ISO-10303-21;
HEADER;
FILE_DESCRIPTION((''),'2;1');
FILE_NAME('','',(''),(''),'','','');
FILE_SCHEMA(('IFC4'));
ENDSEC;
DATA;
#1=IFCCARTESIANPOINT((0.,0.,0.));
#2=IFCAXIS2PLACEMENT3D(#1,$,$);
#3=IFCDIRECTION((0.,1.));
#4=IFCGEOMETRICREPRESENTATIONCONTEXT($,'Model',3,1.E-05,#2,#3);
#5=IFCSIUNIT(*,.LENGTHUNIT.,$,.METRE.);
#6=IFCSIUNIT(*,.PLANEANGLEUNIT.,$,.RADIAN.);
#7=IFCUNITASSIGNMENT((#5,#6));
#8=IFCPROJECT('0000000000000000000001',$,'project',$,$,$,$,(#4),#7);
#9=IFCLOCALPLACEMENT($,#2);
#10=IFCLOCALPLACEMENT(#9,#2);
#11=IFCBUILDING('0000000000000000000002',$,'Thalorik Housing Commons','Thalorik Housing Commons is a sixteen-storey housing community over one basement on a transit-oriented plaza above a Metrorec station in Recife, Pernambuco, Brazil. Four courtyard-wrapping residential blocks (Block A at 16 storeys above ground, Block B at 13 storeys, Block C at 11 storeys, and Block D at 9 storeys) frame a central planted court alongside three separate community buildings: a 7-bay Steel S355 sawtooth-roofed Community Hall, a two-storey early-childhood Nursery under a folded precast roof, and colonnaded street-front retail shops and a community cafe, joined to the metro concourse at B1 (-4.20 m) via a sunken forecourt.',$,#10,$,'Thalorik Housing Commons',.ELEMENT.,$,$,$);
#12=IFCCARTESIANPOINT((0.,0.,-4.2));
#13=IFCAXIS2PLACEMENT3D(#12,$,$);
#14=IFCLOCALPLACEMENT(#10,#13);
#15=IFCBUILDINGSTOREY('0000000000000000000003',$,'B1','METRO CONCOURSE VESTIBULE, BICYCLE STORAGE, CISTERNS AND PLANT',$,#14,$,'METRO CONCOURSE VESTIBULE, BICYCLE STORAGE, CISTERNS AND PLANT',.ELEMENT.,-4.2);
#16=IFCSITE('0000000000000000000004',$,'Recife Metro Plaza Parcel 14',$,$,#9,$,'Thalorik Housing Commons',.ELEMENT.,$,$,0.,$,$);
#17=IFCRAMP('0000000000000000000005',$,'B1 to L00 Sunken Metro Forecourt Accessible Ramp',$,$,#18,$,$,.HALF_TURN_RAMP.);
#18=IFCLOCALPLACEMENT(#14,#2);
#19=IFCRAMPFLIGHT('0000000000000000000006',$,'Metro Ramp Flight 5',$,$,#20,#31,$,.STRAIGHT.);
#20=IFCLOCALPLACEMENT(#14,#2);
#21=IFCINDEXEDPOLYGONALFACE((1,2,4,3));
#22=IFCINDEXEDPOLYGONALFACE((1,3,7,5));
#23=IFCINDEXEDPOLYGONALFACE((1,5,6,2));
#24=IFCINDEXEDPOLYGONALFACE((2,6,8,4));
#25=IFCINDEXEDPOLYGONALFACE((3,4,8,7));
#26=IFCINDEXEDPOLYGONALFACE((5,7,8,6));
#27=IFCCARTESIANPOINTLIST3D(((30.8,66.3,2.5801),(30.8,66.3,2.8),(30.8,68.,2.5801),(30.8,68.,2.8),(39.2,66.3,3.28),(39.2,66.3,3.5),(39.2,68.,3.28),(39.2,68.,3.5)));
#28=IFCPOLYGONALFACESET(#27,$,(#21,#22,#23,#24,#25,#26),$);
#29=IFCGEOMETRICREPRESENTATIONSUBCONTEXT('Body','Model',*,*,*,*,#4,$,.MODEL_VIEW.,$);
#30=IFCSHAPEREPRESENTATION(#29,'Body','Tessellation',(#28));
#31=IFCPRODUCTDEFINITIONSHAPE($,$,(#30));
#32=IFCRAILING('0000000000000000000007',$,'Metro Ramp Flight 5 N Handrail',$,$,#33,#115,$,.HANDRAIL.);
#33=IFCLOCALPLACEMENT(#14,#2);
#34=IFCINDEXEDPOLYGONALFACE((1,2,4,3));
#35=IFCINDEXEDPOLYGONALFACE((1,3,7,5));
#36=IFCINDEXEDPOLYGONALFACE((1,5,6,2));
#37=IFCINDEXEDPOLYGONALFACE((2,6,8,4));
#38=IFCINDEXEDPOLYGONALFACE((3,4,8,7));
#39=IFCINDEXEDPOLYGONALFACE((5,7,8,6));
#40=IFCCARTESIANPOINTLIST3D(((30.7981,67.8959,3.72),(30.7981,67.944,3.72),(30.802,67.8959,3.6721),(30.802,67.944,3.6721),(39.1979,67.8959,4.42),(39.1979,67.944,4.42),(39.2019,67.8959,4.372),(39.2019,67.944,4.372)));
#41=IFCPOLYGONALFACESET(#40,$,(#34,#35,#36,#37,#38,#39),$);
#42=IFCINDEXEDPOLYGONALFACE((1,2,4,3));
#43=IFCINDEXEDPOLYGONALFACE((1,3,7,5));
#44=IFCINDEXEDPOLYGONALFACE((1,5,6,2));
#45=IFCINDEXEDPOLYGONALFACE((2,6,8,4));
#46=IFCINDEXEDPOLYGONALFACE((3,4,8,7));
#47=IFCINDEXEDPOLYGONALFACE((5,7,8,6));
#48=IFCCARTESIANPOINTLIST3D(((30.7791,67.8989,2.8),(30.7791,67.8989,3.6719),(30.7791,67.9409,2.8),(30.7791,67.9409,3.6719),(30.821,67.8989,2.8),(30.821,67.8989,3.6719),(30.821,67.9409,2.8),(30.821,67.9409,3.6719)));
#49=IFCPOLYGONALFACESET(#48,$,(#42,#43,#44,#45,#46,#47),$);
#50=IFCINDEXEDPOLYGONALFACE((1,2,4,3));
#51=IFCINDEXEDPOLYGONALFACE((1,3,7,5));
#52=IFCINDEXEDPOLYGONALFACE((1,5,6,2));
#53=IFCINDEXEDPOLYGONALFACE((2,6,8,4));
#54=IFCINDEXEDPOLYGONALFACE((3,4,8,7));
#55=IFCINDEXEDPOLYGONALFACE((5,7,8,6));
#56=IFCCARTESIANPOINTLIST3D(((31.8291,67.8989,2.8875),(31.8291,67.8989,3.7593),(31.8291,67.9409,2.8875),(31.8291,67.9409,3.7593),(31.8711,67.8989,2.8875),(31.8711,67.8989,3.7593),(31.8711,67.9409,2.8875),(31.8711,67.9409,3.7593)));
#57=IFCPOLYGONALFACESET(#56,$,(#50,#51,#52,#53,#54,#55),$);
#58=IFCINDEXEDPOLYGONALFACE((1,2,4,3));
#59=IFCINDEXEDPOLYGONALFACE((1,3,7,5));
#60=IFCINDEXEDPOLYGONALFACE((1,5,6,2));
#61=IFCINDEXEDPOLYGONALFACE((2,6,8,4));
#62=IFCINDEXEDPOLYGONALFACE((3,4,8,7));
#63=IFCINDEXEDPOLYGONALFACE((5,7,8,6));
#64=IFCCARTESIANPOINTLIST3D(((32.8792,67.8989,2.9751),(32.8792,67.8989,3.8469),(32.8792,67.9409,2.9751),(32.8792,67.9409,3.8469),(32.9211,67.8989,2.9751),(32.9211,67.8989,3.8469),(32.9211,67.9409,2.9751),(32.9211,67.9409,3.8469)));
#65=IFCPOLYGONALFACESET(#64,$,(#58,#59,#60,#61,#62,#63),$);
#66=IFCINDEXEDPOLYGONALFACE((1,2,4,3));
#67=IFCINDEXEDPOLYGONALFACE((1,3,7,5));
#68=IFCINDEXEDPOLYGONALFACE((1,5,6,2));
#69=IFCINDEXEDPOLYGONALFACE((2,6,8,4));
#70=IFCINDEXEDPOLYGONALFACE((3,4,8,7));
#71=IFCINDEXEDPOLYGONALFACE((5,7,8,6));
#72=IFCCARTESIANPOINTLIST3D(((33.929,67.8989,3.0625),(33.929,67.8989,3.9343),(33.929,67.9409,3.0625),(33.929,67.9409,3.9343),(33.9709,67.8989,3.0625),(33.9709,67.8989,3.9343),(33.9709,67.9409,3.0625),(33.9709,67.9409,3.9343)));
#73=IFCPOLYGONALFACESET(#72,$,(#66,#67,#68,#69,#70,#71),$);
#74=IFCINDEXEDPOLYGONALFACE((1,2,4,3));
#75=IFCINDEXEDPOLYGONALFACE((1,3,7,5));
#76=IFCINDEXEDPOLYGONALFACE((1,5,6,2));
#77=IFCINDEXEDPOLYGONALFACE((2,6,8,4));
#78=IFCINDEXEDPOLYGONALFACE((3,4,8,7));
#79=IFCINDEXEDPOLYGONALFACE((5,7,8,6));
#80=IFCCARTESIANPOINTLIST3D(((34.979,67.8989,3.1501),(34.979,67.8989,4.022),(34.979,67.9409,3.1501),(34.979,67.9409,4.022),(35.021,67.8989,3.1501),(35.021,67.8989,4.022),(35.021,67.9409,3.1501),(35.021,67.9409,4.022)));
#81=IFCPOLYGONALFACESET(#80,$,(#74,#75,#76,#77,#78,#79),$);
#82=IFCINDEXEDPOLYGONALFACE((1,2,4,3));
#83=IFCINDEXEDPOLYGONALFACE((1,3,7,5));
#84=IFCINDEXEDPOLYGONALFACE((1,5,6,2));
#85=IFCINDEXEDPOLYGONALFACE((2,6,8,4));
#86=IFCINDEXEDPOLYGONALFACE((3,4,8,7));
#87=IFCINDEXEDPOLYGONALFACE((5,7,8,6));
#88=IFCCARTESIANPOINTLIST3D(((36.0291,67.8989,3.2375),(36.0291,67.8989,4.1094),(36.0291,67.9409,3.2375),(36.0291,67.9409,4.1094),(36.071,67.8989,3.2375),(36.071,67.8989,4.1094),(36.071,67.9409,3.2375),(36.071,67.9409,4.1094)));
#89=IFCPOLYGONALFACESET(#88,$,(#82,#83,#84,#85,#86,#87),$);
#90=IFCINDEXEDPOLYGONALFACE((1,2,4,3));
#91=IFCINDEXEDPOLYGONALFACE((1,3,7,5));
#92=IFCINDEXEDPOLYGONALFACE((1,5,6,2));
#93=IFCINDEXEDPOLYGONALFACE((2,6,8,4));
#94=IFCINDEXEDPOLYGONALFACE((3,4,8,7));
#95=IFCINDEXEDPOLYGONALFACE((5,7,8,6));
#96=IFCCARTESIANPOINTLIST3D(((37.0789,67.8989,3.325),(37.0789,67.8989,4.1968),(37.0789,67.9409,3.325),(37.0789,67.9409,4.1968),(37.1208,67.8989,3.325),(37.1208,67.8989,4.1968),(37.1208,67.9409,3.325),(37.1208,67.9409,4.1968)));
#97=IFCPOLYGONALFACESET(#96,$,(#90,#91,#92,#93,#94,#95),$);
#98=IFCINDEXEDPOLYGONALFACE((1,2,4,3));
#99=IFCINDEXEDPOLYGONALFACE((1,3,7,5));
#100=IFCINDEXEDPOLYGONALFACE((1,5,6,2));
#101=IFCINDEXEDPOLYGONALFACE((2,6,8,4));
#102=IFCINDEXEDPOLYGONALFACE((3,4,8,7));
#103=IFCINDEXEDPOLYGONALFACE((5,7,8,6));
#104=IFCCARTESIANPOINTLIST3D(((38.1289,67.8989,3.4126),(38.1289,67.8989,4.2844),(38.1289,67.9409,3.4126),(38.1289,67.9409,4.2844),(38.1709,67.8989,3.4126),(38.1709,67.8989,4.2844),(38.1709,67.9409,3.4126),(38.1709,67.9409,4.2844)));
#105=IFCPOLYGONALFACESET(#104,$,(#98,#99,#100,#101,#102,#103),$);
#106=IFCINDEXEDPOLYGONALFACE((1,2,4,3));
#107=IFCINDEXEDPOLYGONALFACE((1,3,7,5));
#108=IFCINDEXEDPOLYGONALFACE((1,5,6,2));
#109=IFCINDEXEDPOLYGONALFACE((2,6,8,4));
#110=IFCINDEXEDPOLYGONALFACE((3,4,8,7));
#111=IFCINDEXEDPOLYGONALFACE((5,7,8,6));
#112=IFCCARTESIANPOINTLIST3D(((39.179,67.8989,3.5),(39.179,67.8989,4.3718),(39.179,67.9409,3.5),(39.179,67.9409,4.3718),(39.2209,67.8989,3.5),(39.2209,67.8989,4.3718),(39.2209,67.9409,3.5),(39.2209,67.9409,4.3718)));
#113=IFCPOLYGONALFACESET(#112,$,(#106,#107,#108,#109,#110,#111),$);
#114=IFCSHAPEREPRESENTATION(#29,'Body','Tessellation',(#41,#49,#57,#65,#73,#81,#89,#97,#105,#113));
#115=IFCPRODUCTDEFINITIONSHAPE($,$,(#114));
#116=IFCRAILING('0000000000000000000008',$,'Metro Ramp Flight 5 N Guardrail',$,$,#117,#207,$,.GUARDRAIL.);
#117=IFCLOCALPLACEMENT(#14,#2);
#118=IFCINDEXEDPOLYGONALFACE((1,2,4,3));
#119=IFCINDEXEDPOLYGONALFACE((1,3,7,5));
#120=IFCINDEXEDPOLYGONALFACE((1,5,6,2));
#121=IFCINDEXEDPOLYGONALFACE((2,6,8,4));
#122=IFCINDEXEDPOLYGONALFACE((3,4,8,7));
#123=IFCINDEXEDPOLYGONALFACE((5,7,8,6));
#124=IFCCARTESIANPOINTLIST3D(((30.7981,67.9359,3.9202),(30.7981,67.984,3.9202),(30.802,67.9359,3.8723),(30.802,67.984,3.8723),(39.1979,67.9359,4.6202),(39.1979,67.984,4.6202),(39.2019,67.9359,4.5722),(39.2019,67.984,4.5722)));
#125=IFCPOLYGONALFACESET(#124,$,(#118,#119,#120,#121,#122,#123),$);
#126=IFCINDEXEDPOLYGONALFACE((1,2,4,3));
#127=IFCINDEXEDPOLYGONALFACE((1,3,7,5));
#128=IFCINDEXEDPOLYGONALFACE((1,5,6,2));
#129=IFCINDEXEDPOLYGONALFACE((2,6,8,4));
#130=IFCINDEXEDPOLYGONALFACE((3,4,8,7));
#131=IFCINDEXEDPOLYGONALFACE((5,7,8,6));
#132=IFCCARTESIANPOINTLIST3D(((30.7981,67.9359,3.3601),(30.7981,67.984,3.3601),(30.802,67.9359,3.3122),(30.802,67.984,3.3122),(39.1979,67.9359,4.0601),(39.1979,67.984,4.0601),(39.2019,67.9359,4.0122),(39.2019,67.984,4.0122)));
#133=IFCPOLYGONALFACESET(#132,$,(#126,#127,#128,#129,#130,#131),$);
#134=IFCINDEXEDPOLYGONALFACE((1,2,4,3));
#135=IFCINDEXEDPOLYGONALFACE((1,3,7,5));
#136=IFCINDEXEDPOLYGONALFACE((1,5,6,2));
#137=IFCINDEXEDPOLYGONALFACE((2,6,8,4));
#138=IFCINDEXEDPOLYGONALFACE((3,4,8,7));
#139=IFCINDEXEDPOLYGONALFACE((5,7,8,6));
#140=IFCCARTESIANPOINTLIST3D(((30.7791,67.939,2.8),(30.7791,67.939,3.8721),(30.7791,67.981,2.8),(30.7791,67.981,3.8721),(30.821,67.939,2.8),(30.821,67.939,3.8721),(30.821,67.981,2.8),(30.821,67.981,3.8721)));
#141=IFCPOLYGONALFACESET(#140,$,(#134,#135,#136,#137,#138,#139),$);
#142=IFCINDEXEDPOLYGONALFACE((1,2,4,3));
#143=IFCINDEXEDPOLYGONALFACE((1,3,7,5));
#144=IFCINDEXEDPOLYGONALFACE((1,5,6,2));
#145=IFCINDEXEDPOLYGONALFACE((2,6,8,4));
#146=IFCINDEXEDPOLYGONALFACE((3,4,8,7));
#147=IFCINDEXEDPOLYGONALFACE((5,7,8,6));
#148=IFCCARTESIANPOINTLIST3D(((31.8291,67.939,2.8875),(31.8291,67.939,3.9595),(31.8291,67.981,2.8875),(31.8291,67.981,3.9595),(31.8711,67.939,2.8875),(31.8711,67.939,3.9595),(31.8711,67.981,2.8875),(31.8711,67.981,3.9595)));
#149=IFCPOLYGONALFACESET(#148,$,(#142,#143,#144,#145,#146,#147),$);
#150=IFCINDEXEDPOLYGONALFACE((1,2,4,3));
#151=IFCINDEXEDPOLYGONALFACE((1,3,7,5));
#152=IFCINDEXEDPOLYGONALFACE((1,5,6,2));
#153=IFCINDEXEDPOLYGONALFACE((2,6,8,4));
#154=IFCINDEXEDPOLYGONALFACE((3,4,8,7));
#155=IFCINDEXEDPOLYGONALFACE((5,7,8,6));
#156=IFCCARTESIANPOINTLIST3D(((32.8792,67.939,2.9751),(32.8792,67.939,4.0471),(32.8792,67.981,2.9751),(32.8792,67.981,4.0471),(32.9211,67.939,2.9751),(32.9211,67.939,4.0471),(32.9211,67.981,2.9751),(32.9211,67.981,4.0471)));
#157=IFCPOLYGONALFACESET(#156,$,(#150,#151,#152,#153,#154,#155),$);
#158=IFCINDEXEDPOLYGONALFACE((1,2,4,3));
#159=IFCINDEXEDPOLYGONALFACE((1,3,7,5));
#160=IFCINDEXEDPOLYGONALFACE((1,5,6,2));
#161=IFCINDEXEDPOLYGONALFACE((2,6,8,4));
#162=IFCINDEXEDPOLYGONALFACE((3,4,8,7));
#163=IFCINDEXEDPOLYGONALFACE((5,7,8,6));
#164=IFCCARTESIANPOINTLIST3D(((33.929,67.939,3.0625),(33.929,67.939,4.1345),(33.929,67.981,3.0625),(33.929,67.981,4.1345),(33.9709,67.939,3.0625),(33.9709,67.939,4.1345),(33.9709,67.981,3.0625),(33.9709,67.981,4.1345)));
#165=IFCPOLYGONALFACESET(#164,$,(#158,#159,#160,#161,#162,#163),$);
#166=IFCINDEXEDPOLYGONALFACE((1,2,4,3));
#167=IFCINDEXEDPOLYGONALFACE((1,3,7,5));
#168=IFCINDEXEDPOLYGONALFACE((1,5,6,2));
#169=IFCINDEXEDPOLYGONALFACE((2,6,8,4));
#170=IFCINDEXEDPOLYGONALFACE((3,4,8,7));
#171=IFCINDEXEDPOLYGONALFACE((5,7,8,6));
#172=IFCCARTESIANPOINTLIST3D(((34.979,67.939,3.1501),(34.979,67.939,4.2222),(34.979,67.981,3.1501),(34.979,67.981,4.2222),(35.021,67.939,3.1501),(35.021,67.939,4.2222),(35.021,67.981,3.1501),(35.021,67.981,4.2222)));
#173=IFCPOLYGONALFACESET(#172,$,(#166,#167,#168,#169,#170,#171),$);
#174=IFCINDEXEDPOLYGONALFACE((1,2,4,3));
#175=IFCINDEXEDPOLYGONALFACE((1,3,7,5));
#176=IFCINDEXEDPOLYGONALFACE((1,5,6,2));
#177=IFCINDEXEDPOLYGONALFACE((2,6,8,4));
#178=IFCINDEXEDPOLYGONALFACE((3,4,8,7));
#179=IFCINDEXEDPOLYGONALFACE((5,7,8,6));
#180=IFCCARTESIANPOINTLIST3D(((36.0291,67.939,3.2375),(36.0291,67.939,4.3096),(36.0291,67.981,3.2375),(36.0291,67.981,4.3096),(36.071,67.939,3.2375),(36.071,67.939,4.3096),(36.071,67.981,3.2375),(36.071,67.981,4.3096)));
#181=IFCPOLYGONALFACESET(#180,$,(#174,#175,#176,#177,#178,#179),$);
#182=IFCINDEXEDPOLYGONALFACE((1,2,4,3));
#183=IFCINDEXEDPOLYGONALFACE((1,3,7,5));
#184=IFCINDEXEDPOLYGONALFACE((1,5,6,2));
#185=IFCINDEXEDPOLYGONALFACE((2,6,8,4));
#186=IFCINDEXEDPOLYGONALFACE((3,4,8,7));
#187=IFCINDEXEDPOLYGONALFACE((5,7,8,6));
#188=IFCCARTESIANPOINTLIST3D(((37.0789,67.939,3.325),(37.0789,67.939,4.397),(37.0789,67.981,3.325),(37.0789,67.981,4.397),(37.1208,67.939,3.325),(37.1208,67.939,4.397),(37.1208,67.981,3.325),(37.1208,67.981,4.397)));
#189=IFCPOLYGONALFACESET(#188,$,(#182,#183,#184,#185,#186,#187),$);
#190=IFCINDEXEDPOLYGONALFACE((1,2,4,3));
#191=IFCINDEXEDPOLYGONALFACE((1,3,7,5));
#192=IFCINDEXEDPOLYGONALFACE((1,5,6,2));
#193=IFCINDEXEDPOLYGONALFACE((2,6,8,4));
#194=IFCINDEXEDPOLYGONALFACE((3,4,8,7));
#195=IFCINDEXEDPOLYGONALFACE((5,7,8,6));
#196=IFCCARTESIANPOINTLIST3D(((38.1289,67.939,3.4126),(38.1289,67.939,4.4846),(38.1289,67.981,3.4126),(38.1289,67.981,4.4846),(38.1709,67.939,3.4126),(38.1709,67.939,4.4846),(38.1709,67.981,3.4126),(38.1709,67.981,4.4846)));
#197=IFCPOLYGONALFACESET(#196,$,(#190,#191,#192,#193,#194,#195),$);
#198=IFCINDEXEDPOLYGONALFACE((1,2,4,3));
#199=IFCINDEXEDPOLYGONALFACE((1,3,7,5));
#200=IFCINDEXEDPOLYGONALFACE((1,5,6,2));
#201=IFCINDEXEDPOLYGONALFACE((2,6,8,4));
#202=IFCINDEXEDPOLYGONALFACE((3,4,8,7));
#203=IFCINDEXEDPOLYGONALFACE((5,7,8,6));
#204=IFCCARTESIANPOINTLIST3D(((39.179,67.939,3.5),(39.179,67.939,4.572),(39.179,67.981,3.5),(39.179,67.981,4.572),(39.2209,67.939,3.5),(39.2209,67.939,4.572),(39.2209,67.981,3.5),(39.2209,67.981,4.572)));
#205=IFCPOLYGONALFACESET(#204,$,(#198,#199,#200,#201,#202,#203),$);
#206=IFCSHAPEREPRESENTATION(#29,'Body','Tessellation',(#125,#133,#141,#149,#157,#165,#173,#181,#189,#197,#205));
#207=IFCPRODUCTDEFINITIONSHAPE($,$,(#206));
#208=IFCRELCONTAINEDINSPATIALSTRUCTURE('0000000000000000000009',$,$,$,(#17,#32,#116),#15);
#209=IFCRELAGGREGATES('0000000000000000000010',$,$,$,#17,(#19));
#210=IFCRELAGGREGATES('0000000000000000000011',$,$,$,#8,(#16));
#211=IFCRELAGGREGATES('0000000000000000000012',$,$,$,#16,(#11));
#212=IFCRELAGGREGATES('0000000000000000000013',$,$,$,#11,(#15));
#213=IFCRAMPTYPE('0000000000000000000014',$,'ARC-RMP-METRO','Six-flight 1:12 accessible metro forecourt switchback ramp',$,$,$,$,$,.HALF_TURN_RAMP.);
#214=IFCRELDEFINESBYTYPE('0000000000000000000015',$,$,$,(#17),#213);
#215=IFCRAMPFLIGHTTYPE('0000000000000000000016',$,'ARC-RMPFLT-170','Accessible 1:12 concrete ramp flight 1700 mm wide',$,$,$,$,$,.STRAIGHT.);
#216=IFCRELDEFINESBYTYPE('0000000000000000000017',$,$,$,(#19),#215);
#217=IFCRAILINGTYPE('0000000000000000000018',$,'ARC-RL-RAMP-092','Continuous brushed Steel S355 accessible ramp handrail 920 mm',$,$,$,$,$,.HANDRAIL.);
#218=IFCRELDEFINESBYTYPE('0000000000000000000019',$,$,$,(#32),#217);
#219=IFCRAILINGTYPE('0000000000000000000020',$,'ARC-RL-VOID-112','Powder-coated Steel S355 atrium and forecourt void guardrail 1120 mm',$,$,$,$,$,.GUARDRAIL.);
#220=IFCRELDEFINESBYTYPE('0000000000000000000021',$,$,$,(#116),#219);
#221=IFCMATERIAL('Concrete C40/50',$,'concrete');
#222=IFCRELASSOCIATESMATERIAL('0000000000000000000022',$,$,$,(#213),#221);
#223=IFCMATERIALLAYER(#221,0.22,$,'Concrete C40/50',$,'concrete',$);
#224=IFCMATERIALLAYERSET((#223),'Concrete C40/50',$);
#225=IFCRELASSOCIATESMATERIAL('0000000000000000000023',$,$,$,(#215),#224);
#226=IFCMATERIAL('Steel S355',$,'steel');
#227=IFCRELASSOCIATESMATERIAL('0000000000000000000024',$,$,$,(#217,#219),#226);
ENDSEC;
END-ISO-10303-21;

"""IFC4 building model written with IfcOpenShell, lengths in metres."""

from ifc_helpers import new_model, si_unit, direction, frame, origin, origin_2d, place, context, subcontext, project, spatial, polyline, rectangle, outline, extrude, material, layer, layer_set, type_object, element, aggregate, save


model = new_model("IFC4")

# Units and contexts
model_context = context("Model", 3, precision=1e-05, world=origin(), true_north=direction((0.0, 1.0)))
body_context = subcontext(model_context, "Body", "Model", "MODEL_VIEW")
ifc_project = project(units=[si_unit("LENGTHUNIT", "METRE"), si_unit("PLANEANGLEUNIT", "RADIAN")], contexts=[model_context])

# Site, building, storey
site_placement = place(None, origin())
site = spatial("IfcSite", under=ifc_project, at=site_placement, Name="Recife Metro Plaza Parcel 14", LongName="Thalorik Housing Commons", CompositionType="ELEMENT", RefElevation=0.0)
building_placement = place(site_placement, origin())
building = spatial("IfcBuilding", under=site, at=building_placement, Name="Thalorik Housing Commons", Description="Thalorik Housing Commons is a sixteen-storey housing community over one basement on a transit-oriented plaza above a Metrorec station in Recife, Pernambuco, Brazil. Four courtyard-wrapping residential blocks (Block A at 16 storeys above ground, Block B at 13 storeys, Block C at 11 storeys, and Block D at 9 storeys) frame a central planted court alongside three separate community buildings: a 7-bay Steel S355 sawtooth-roofed Community Hall, a two-storey early-childhood Nursery under a folded precast roof, and colonnaded street-front retail shops and a community cafe, joined to the metro concourse at B1 (-4.20 m) via a sunken forecourt.", LongName="Thalorik Housing Commons", CompositionType="ELEMENT")
storey_placement = place(building_placement, frame((0.0, 0.0, -4.2)))
storey = spatial("IfcBuildingStorey", under=building, at=storey_placement, Name="B1", Description="METRO CONCOURSE VESTIBULE, BICYCLE STORAGE, CISTERNS AND PLANT", LongName="METRO CONCOURSE VESTIBULE, BICYCLE STORAGE, CISTERNS AND PLANT", CompositionType="ELEMENT", Elevation=-4.2)

# Shared definitions
ifc_material_1 = material(Name="Concrete C40/50", Category="concrete")

# Ramp, ramp flight
ramp_type = type_object("IfcRampType", Name="ARC-RMP-METRO", Description="Six-flight 1:12 accessible metro forecourt switchback ramp", PredefinedType="HALF_TURN_RAMP", material=ifc_material_1)
ramp_placement = place(storey_placement, origin())
ramp = element("IfcRamp", 1, at=ramp_placement, inside=storey, type_object=ramp_type, Name="B1 to L00 Sunken Metro Forecourt Accessible Ramp", PredefinedType="HALF_TURN_RAMP")
ifc_layer_1 = layer(ifc_material_1, 0.22, Name="Concrete C40/50", Category="concrete")
ifc_layer_set_1 = layer_set([ifc_layer_1], Name="Concrete C40/50")
ramp_flight_type = type_object("IfcRampFlightType", Name="ARC-RMPFLT-170", Description="Accessible 1:12 concrete ramp flight 1700 mm wide", PredefinedType="STRAIGHT", material=ifc_layer_set_1)
ramp_flight_placement = place(storey_placement, frame((30.8, 67.1499, 2.8), z_axis=(0.0, 0.0, 1.0), x_axis=(1.0, 0.0, 0.0)))
ramp_flight = element("IfcRampFlight", 2, at=ramp_flight_placement, type_object=ramp_flight_type, Name="Metro Ramp Flight 5", PredefinedType="STRAIGHT", context=body_context, shape_type="SweptSolid", body=[
    extrude(outline(polyline([(0.0, 0.0), (0.0, -0.22), (8.3999, 0.48), (8.3999, 0.7), (0.0, 0.0)])), frame((0.0, 0.8501, 0.0), z_axis=(0.0, -1.0, 0.0), x_axis=(1.0, 0.0, 0.0)), (0.0, 0.0, 1.0), 1.7),
])
aggregate(ramp, [ramp_flight])

# Railings
ifc_material_2 = material(Name="Steel S355", Category="steel")
railing_type_1 = type_object("IfcRailingType", Name="ARC-RL-RAMP-092", Description="Continuous brushed Steel S355 accessible ramp handrail 920 mm", PredefinedType="HANDRAIL", material=ifc_material_2)
railing_1_placement = place(storey_placement, frame((30.8, 67.9199, 2.8)))
element("IfcRailing", 3, at=railing_1_placement, inside=storey, type_object=railing_type_1, Name="Metro Ramp Flight 5 N Handrail", PredefinedType="HANDRAIL", context=body_context, shape_type="SweptSolid", body=[
    extrude(rectangle(XDim=0.0481, YDim=0.0481, at=origin_2d()), frame((0.0, 0.0, 0.896), z_axis=(0.996546, 0.0, 0.083041), x_axis=(0.0, 1.0, 0.0)), (0.0, 0.0, 1.0), 8.429),
    extrude(rectangle(XDim=0.042, YDim=0.042, at=origin_2d()), origin(), (0.0, 0.0, 1.0), 0.8718),
    extrude(rectangle(XDim=0.042, YDim=0.042, at=origin_2d()), frame((1.05, 0.0, 0.0874)), (0.0, 0.0, 1.0), 0.8718),
    extrude(rectangle(XDim=0.042, YDim=0.042, at=origin_2d()), frame((2.1001, 0.0, 0.175)), (0.0, 0.0, 1.0), 0.8718),
    extrude(rectangle(XDim=0.042, YDim=0.042, at=origin_2d()), frame((3.1499, 0.0, 0.2625)), (0.0, 0.0, 1.0), 0.8718),
    extrude(rectangle(XDim=0.042, YDim=0.042, at=origin_2d()), frame((4.2, 0.0, 0.3501)), (0.0, 0.0, 1.0), 0.8718),
    extrude(rectangle(XDim=0.042, YDim=0.042, at=origin_2d()), frame((5.25, 0.0, 0.4375)), (0.0, 0.0, 1.0), 0.8718),
    extrude(rectangle(XDim=0.042, YDim=0.042, at=origin_2d()), frame((6.2998, 0.0, 0.5249)), (0.0, 0.0, 1.0), 0.8718),
    extrude(rectangle(XDim=0.042, YDim=0.042, at=origin_2d()), frame((7.3499, 0.0, 0.6125)), (0.0, 0.0, 1.0), 0.8718),
    extrude(rectangle(XDim=0.042, YDim=0.042, at=origin_2d()), frame((8.3999, 0.0, 0.7)), (0.0, 0.0, 1.0), 0.8718),
])
railing_type_2 = type_object("IfcRailingType", Name="ARC-RL-VOID-112", Description="Powder-coated Steel S355 atrium and forecourt void guardrail 1120 mm", PredefinedType="GUARDRAIL", material=ifc_material_2)
railing_2_placement = place(storey_placement, frame((30.8, 67.96, 2.8)))
element("IfcRailing", 4, at=railing_2_placement, inside=storey, type_object=railing_type_2, Name="Metro Ramp Flight 5 N Guardrail", PredefinedType="GUARDRAIL", context=body_context, shape_type="SweptSolid", body=[
    extrude(rectangle(XDim=0.0481, YDim=0.0481, at=origin_2d()), frame((0.0, 0.0, 1.0962), z_axis=(0.996546, 0.0, 0.083041), x_axis=(0.0, 1.0, 0.0)), (0.0, 0.0, 1.0), 8.429),
    extrude(rectangle(XDim=0.0481, YDim=0.0481, at=origin_2d()), frame((0.0, 0.0, 0.5361), z_axis=(0.996546, 0.0, 0.083041), x_axis=(0.0, 1.0, 0.0)), (0.0, 0.0, 1.0), 8.429),
    extrude(rectangle(XDim=0.042, YDim=0.042, at=origin_2d()), origin(), (0.0, 0.0, 1.0), 1.072),
    extrude(rectangle(XDim=0.042, YDim=0.042, at=origin_2d()), frame((1.05, 0.0, 0.0874)), (0.0, 0.0, 1.0), 1.072),
    extrude(rectangle(XDim=0.042, YDim=0.042, at=origin_2d()), frame((2.1001, 0.0, 0.175)), (0.0, 0.0, 1.0), 1.072),
    extrude(rectangle(XDim=0.042, YDim=0.042, at=origin_2d()), frame((3.1499, 0.0, 0.2625)), (0.0, 0.0, 1.0), 1.072),
    extrude(rectangle(XDim=0.042, YDim=0.042, at=origin_2d()), frame((4.2, 0.0, 0.3501)), (0.0, 0.0, 1.0), 1.072),
    extrude(rectangle(XDim=0.042, YDim=0.042, at=origin_2d()), frame((5.25, 0.0, 0.4375)), (0.0, 0.0, 1.0), 1.072),
    extrude(rectangle(XDim=0.042, YDim=0.042, at=origin_2d()), frame((6.2998, 0.0, 0.5249)), (0.0, 0.0, 1.0), 1.072),
    extrude(rectangle(XDim=0.042, YDim=0.042, at=origin_2d()), frame((7.3499, 0.0, 0.6125)), (0.0, 0.0, 1.0), 1.072),
    extrude(rectangle(XDim=0.042, YDim=0.042, at=origin_2d()), frame((8.3999, 0.0, 0.7)), (0.0, 0.0, 1.0), 1.072),
])

save(model, "model.ifc")
